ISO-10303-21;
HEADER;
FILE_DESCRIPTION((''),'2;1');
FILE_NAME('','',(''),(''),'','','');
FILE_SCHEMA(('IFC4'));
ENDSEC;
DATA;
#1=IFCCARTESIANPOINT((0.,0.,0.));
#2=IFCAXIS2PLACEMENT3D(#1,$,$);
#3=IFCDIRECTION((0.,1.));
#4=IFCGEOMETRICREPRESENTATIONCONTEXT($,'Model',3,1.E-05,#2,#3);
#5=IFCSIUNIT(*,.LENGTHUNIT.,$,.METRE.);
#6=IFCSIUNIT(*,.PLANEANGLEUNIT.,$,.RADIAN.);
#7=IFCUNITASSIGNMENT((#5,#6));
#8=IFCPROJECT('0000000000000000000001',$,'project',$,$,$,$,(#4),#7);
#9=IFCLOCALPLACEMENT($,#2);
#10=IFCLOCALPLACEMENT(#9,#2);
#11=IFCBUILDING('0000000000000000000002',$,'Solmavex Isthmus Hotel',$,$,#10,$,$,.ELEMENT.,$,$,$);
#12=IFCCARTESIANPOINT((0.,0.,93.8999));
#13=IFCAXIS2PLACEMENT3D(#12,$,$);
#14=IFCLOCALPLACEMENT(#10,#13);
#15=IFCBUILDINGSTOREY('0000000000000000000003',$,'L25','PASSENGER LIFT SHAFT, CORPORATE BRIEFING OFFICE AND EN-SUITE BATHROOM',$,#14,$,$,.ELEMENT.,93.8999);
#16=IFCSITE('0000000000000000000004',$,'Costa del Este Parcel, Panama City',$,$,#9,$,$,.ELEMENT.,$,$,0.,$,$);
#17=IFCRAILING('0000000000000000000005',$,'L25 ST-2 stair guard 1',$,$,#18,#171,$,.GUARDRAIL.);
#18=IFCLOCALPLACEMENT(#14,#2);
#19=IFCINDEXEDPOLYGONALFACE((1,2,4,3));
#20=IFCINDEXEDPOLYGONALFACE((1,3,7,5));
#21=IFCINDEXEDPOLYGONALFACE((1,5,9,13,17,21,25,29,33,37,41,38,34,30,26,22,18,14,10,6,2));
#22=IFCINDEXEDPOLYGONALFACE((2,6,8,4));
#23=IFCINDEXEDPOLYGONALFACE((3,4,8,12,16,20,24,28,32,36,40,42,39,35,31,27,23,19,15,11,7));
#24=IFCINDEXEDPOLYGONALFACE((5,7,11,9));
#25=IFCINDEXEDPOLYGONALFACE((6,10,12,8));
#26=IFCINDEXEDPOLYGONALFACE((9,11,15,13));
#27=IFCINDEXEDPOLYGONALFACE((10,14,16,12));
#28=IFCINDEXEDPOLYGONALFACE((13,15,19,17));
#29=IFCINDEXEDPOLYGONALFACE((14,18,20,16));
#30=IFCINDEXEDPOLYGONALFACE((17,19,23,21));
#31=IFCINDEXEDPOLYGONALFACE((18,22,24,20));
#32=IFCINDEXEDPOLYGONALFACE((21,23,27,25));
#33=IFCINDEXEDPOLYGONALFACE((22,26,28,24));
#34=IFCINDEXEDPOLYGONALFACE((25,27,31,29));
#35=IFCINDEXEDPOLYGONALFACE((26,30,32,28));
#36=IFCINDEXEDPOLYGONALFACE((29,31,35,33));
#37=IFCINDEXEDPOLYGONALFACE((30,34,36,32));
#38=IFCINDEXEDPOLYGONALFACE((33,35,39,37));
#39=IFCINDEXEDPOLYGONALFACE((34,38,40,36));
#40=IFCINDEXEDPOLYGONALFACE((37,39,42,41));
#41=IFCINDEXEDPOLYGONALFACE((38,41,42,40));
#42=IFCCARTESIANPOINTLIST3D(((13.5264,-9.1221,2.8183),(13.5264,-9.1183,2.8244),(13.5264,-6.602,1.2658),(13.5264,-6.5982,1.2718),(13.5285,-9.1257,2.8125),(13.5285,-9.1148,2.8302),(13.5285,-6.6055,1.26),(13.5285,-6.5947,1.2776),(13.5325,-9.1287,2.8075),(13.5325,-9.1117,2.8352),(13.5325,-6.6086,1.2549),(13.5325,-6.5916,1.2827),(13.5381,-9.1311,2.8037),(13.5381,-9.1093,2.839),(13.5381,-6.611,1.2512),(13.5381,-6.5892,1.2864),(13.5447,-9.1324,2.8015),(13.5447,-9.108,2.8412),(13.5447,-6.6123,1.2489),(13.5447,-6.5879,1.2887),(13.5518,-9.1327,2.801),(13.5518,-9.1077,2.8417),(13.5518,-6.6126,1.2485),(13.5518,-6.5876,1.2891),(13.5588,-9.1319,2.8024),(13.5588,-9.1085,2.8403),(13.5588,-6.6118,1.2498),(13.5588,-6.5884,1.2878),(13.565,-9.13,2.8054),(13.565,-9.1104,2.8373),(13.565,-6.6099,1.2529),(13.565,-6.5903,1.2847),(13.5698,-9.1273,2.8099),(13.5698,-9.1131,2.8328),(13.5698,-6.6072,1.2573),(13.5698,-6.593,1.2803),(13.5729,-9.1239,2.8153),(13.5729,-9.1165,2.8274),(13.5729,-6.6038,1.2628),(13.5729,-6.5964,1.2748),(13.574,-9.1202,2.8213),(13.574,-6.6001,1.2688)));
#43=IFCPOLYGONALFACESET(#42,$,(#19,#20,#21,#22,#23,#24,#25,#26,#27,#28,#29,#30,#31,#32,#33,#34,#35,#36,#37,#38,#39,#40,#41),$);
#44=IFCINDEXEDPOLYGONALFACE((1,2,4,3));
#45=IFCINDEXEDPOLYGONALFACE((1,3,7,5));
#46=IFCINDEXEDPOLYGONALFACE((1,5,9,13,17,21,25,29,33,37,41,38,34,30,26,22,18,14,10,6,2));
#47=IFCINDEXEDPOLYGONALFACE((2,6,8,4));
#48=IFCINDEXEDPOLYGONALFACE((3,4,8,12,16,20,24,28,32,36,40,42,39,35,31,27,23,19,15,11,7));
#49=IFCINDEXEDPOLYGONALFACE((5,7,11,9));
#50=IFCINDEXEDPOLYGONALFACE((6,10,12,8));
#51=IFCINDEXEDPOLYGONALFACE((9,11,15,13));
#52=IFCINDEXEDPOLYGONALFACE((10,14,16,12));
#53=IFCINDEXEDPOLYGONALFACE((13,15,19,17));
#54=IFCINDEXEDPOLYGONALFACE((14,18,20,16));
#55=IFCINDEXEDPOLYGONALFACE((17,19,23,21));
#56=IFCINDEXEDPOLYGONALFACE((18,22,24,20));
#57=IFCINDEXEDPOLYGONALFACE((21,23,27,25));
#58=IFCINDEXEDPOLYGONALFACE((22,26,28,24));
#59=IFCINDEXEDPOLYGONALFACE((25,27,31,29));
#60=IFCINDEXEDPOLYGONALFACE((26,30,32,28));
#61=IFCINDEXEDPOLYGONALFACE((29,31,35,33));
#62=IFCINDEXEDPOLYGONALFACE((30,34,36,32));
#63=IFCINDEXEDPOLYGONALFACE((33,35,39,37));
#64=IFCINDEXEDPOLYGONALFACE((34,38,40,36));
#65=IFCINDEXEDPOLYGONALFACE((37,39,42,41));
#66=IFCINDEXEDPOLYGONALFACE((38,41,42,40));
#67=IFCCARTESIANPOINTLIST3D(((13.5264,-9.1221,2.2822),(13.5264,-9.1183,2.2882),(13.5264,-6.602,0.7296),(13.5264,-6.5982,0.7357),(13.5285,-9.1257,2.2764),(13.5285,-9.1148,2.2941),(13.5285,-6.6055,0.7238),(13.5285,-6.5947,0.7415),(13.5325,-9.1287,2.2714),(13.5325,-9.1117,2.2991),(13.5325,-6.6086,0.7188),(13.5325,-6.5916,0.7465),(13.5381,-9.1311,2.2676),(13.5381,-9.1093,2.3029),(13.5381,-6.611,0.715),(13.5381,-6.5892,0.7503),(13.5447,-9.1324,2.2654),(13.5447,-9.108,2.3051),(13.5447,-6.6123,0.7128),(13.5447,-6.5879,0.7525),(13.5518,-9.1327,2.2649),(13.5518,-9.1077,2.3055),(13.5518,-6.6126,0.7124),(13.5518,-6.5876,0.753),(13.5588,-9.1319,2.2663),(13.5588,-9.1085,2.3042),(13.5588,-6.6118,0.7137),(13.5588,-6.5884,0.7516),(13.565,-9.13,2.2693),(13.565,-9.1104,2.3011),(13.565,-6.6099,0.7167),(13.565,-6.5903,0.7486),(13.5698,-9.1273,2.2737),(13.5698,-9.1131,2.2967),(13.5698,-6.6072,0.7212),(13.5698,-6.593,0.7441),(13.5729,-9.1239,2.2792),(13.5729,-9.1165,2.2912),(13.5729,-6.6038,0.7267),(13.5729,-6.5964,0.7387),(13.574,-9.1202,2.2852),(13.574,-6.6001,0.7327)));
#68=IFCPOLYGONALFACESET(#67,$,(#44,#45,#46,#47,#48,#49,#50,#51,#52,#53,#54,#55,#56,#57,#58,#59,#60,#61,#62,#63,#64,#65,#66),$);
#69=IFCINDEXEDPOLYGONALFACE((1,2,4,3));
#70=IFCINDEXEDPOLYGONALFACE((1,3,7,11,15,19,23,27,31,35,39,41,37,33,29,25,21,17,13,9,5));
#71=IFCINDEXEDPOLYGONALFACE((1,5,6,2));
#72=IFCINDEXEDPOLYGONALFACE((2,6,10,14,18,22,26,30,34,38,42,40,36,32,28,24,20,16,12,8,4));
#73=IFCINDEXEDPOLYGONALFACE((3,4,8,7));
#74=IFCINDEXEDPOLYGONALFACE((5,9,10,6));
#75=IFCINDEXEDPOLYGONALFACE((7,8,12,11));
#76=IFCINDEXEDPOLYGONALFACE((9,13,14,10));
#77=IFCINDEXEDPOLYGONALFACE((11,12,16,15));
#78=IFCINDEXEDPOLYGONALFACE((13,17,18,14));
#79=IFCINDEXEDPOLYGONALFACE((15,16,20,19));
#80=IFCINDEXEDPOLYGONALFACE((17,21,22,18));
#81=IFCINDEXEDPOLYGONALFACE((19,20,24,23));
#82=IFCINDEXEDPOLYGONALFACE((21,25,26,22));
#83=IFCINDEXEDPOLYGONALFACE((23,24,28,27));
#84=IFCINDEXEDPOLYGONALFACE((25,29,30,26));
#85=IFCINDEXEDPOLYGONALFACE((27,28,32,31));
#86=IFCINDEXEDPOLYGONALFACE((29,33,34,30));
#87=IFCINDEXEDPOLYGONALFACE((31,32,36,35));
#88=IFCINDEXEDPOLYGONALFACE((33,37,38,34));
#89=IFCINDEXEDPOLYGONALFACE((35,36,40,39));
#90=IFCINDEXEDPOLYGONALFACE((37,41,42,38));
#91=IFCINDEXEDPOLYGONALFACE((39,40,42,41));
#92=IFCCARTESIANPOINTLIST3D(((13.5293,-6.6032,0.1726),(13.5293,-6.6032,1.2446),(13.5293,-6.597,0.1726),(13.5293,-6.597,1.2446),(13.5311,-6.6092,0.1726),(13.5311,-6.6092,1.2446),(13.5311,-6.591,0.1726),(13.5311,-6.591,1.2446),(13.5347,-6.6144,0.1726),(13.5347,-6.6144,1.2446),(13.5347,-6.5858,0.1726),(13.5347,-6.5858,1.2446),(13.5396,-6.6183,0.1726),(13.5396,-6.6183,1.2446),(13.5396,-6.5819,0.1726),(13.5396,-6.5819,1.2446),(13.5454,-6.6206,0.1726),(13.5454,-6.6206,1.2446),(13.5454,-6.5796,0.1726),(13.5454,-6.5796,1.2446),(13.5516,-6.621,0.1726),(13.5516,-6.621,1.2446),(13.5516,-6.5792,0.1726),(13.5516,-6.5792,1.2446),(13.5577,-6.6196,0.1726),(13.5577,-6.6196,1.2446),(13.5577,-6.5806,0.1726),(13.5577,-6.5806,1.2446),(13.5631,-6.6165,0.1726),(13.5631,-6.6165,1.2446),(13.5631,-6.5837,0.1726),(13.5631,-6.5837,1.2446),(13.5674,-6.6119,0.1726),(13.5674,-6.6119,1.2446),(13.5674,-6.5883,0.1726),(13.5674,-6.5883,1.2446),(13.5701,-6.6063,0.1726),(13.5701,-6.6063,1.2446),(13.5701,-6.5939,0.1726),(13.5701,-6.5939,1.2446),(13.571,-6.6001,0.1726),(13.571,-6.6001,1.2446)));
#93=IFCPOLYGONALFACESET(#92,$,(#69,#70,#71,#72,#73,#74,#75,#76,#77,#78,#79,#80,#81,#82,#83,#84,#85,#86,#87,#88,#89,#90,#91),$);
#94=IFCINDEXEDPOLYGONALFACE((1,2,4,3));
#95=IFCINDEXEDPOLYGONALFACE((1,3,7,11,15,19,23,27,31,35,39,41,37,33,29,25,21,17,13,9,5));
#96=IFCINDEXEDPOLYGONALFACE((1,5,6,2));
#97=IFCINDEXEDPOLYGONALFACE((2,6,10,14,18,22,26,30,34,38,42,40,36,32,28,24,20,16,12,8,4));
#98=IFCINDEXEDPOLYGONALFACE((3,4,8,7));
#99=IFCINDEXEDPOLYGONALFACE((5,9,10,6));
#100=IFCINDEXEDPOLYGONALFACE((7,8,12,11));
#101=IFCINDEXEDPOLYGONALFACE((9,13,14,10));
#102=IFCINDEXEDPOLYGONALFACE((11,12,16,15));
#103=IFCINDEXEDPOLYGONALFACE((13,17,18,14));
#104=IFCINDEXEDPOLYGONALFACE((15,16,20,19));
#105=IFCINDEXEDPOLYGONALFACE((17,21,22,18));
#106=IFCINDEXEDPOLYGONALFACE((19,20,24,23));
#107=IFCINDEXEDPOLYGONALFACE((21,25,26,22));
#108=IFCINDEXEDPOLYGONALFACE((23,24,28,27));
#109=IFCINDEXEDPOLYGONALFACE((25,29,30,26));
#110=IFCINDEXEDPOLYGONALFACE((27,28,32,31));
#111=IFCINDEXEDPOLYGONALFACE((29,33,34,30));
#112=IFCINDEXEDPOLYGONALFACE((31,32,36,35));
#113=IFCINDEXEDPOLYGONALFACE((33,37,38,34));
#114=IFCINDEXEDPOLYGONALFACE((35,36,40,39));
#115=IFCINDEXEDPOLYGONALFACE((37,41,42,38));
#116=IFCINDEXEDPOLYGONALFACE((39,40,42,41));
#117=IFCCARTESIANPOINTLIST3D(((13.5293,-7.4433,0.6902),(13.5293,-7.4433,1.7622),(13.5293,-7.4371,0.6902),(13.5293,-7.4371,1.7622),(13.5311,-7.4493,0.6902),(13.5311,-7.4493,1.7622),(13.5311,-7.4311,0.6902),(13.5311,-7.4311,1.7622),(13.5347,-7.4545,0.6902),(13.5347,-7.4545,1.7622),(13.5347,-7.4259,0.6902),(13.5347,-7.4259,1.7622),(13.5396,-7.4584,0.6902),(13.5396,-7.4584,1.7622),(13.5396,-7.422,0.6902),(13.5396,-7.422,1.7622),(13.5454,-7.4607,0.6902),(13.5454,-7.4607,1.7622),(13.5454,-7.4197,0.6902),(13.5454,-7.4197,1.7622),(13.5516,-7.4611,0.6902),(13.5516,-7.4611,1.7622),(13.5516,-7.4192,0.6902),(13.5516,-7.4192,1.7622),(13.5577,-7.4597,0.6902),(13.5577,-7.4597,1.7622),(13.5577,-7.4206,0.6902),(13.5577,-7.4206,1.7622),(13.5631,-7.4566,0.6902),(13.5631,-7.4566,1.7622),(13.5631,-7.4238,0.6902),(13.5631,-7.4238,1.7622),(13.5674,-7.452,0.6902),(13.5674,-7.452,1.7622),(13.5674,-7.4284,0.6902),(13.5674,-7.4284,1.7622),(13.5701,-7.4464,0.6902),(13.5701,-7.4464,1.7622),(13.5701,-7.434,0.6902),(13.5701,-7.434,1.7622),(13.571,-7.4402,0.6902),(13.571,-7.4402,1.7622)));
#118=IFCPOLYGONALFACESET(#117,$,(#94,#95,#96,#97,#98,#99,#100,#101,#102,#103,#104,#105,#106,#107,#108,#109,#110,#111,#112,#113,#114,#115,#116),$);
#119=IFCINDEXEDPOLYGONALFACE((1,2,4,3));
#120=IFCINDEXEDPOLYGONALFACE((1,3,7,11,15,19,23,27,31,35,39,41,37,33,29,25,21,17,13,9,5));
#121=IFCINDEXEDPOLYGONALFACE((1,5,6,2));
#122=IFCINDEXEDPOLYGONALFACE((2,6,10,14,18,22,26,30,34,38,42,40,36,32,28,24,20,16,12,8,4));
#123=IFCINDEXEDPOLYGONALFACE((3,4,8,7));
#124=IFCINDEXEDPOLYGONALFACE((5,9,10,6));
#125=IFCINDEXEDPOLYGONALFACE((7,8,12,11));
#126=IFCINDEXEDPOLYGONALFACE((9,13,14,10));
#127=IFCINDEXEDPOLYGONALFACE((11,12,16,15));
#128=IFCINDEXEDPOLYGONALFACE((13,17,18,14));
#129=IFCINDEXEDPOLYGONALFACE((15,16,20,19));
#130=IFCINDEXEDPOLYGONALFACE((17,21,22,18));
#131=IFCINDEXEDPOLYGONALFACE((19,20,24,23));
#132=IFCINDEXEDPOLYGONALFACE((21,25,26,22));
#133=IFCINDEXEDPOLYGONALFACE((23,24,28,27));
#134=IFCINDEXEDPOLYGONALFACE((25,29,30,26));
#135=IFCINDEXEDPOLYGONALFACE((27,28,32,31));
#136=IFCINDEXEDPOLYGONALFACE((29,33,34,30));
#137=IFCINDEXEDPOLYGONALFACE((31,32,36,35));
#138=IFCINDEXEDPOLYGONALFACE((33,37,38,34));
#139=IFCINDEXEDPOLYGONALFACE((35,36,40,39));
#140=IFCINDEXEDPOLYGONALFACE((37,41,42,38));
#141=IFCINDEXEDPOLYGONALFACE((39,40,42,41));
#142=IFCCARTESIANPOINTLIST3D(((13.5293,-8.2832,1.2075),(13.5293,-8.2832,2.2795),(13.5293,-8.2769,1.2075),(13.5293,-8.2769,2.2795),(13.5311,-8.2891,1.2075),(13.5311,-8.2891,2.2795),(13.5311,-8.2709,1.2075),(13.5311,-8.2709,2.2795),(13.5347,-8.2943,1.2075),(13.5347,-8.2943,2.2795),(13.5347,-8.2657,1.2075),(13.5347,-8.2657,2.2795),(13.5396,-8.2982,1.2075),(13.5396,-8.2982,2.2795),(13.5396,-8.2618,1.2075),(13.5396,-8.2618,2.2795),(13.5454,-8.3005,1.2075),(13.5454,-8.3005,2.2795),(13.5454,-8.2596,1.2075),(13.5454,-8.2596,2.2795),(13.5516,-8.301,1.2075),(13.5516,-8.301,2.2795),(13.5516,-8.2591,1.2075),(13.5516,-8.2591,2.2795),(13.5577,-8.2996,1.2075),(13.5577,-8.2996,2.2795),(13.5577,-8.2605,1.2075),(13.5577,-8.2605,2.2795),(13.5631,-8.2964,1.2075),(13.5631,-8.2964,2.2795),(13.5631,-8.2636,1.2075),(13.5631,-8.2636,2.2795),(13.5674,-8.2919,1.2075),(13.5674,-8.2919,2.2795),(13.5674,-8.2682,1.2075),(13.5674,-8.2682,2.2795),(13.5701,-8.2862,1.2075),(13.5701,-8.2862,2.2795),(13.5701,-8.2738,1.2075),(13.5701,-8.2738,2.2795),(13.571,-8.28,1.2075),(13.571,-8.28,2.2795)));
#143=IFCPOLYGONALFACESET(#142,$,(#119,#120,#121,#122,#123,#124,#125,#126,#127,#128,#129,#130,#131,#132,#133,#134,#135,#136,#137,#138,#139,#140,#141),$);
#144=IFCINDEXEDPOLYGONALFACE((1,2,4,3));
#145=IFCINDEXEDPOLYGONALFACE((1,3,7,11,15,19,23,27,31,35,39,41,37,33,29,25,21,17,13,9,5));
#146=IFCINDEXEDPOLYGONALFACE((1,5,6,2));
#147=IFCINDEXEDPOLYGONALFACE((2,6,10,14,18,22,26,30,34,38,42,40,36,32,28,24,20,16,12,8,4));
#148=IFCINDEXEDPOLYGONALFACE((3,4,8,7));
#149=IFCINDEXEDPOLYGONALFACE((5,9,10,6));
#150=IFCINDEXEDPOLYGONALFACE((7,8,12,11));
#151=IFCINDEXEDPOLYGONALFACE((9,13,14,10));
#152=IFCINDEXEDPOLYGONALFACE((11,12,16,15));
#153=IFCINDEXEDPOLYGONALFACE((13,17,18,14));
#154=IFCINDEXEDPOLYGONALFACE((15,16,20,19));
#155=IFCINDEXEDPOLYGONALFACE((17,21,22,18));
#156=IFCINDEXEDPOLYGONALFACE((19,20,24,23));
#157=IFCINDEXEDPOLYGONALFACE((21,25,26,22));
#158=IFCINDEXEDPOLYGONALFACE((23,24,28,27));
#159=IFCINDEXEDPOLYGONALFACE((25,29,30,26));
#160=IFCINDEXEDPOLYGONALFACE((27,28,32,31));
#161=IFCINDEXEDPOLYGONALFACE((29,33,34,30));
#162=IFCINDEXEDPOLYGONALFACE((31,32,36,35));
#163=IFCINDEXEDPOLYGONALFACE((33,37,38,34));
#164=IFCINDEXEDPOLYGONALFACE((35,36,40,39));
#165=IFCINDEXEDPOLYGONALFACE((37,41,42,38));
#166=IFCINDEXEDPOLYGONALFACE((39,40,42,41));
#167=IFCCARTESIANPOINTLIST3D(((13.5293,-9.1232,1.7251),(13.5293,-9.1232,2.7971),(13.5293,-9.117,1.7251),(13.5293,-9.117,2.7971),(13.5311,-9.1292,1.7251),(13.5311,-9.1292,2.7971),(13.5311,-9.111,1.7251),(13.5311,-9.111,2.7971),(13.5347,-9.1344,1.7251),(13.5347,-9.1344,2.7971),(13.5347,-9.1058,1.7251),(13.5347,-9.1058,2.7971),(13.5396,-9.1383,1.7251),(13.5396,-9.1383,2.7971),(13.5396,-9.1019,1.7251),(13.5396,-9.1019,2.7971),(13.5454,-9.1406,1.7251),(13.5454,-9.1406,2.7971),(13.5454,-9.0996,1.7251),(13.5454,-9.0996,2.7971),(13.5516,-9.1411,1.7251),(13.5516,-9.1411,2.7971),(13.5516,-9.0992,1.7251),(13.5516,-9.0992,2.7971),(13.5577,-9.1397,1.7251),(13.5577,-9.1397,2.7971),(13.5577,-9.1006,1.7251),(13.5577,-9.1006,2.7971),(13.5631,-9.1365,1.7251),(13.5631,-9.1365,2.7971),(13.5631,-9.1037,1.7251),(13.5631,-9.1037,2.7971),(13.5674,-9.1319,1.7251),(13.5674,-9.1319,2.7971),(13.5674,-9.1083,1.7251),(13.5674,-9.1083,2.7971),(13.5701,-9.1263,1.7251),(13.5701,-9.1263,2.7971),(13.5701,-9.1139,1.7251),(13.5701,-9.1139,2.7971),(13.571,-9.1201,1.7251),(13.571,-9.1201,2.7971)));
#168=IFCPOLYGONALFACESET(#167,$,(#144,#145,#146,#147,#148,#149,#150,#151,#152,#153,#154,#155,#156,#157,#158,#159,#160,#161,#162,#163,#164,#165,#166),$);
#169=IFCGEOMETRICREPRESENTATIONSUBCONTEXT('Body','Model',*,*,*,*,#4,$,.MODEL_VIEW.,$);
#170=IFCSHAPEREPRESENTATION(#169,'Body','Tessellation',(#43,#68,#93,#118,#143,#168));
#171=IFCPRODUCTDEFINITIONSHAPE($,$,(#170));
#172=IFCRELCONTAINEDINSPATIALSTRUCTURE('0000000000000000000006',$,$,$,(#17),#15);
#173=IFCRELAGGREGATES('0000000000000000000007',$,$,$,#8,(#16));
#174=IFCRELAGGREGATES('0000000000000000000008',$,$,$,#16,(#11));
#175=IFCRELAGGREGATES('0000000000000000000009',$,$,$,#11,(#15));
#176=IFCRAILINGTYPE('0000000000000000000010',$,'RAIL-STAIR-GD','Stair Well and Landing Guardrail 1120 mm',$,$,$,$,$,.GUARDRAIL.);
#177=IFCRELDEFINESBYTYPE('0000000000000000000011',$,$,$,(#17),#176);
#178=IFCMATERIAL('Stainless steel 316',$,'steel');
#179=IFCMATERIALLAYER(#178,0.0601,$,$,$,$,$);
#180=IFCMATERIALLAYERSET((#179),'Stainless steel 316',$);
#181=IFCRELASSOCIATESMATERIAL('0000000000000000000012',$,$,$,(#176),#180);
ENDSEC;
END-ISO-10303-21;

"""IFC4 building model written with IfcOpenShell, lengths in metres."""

from ifc_helpers import new_model, si_unit, direction, frame, origin, origin_2d, place, context, subcontext, project, spatial, circle, extrude, material, layer, layer_set, type_object, element, save


model = new_model("IFC4")

# Units and contexts
model_context = context("Model", 3, precision=1e-05, world=origin(), true_north=direction((0.0, 1.0)))
body_context = subcontext(model_context, "Body", "Model", "MODEL_VIEW")
ifc_project = project(units=[si_unit("LENGTHUNIT", "METRE"), si_unit("PLANEANGLEUNIT", "RADIAN")], contexts=[model_context])

# Site, building, storey
site_placement = place(None, origin())
site = spatial("IfcSite", under=ifc_project, at=site_placement, Name="Costa del Este Parcel, Panama City", CompositionType="ELEMENT", RefElevation=0.0)
building_placement = place(site_placement, origin())
building = spatial("IfcBuilding", under=site, at=building_placement, Name="Solmavex Isthmus Hotel", CompositionType="ELEMENT")
storey_placement = place(building_placement, frame((0.0, 0.0, 93.8999)))
storey = spatial("IfcBuildingStorey", under=building, at=storey_placement, Name="L25", Description="PASSENGER LIFT SHAFT, CORPORATE BRIEFING OFFICE AND EN-SUITE BATHROOM", CompositionType="ELEMENT", Elevation=93.8999)

# Shared definitions
ifc_material_1 = material(Name="Stainless steel 316", Category="steel")

# Railing
ifc_layer_1 = layer(ifc_material_1, 0.0601)
ifc_layer_set_1 = layer_set([ifc_layer_1], Name="Stainless steel 316")
railing_type_1 = type_object("IfcRailingType", Name="RAIL-STAIR-GD", Description="Stair Well and Landing Guardrail 1120 mm", PredefinedType="GUARDRAIL", material=ifc_layer_set_1)
railing_1_placement = place(storey_placement, frame((13.55, -6.6001, 0.1726)))
element("IfcRailing", 1, at=railing_1_placement, inside=storey, type_object=railing_type_1, Name="L25 ST-2 stair guard 1", PredefinedType="GUARDRAIL", context=body_context, shape_type="SweptSolid", body=[
    extrude(circle(Radius=0.0239, at=origin_2d()), frame((0.0, 0.0, 1.0962), z_axis=(0.0, -0.8514, 0.524516), x_axis=(1.0, 0.0, 0.0)), (0.0, 0.0, 1.0), 2.96),
    extrude(circle(Radius=0.0239, at=origin_2d()), frame((0.0, 0.0, 0.5601), z_axis=(0.0, -0.8514, 0.524516), x_axis=(1.0, 0.0, 0.0)), (0.0, 0.0, 1.0), 2.96),
    extrude(circle(Radius=0.021, at=origin_2d()), origin(), (0.0, 0.0, 1.0), 1.072),
    extrude(circle(Radius=0.021, at=origin_2d()), frame((0.0, -0.8401, 0.5176)), (0.0, 0.0, 1.0), 1.072),
    extrude(circle(Radius=0.021, at=origin_2d()), frame((0.0, -1.6799, 1.0349)), (0.0, 0.0, 1.0), 1.072),
    extrude(circle(Radius=0.021, at=origin_2d()), frame((0.0, -2.52, 1.5525)), (0.0, 0.0, 1.0), 1.072),
])

save(model, "model.ifc")
